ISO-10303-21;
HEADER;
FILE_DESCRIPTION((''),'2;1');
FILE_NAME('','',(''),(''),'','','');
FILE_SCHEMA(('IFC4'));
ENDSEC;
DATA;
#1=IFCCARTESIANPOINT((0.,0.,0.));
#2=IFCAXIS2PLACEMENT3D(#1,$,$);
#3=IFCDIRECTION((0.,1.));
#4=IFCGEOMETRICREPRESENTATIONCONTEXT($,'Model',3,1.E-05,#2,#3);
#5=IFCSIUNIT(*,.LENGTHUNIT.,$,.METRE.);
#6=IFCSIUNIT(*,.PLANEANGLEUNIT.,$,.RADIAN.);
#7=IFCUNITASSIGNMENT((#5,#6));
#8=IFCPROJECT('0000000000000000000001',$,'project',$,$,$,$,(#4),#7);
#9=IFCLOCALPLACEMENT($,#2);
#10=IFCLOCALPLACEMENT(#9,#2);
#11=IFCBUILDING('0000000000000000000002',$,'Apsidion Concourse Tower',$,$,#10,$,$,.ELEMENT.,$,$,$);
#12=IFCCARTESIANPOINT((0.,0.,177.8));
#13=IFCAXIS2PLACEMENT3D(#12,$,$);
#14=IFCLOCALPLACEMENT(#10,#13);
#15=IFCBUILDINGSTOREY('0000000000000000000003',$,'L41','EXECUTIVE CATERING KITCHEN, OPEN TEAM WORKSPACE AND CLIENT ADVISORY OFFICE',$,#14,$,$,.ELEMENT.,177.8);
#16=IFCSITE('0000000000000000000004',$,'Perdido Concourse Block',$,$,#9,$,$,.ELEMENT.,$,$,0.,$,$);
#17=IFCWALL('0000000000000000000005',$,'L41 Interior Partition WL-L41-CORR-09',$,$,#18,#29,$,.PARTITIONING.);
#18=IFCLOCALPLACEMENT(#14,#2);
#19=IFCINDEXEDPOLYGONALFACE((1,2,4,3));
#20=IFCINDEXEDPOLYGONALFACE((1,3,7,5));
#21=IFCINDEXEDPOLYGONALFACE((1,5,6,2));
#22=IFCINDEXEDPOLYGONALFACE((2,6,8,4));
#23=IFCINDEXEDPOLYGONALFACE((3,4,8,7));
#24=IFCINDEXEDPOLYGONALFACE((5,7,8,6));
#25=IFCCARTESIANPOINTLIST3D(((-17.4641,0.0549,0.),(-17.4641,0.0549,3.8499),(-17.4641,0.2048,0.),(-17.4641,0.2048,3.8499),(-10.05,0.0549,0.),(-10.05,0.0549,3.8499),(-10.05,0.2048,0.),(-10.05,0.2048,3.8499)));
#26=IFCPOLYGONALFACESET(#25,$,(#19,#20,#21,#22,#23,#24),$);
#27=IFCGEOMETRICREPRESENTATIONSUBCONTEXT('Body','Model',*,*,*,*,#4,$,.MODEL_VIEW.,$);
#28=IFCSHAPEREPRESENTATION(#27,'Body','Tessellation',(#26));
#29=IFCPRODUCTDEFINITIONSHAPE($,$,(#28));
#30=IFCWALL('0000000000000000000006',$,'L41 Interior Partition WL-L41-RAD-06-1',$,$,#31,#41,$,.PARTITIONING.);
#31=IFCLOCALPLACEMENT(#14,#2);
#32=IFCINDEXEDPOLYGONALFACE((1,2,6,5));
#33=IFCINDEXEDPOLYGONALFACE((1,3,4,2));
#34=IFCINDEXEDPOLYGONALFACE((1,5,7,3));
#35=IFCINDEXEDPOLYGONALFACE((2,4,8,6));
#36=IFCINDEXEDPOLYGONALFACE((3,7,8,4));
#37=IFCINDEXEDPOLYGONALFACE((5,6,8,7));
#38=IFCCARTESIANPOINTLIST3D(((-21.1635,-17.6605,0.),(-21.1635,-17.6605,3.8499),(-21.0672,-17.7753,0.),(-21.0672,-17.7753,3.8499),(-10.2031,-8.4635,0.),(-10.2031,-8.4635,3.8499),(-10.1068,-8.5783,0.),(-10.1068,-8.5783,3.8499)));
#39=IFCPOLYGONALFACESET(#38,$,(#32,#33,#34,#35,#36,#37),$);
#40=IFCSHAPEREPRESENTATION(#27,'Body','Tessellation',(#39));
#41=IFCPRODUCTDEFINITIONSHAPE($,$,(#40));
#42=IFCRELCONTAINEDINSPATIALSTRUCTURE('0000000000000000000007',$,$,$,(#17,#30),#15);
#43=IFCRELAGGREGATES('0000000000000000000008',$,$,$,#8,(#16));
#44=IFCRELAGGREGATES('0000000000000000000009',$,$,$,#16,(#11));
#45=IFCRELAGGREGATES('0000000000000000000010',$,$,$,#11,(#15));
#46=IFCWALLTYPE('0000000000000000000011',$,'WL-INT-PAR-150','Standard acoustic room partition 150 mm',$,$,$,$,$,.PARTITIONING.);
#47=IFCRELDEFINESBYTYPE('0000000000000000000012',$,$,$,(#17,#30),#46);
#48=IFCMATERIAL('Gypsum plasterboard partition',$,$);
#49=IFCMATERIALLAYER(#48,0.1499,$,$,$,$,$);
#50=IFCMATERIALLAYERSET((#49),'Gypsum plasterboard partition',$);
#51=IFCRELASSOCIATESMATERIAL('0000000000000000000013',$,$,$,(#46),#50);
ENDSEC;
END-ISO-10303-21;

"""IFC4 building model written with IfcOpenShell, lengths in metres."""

from ifc_helpers import new_model, si_unit, direction, frame, frame_2d, origin, place, context, subcontext, project, spatial, rectangle, extrude, material, layer, layer_set, type_object, element, save


model = new_model("IFC4")

# Units and contexts
model_context = context("Model", 3, precision=1e-05, world=origin(), true_north=direction((0.0, 1.0)))
body_context = subcontext(model_context, "Body", "Model", "MODEL_VIEW")
ifc_project = project(units=[si_unit("LENGTHUNIT", "METRE"), si_unit("PLANEANGLEUNIT", "RADIAN")], contexts=[model_context])

# Site, building, storey
site_placement = place(None, origin())
site = spatial("IfcSite", under=ifc_project, at=site_placement, Name="Perdido Concourse Block", CompositionType="ELEMENT", RefElevation=0.0)
building_placement = place(site_placement, origin())
building = spatial("IfcBuilding", under=site, at=building_placement, Name="Apsidion Concourse Tower", CompositionType="ELEMENT")
storey_placement = place(building_placement, frame((0.0, 0.0, 177.8)))
storey = spatial("IfcBuildingStorey", under=building, at=storey_placement, Name="L41", Description="EXECUTIVE CATERING KITCHEN, OPEN TEAM WORKSPACE AND CLIENT ADVISORY OFFICE", CompositionType="ELEMENT", Elevation=177.8)

# Walls
ifc_material_1 = material(Name="Gypsum plasterboard partition")
ifc_layer = layer(ifc_material_1, 0.1499)
ifc_layer_set = layer_set([ifc_layer], Name="Gypsum plasterboard partition")
wall_type = type_object("IfcWallType", Name="WL-INT-PAR-150", Description="Standard acoustic room partition 150 mm", PredefinedType="PARTITIONING", material=ifc_layer_set)
wall_1_placement = place(storey_placement, frame((-17.4641, 0.1299, 0.0), z_axis=(0.0, 0.0, 1.0), x_axis=(1.0, 0.0, 0.0)))
element("IfcWall", 1, at=wall_1_placement, inside=storey, type_object=wall_type, Name="L41 Interior Partition WL-L41-CORR-09", PredefinedType="PARTITIONING", context=body_context, shape_type="SweptSolid", body=[
    extrude(rectangle(XDim=7.4141, YDim=0.1499, at=frame_2d((3.707, 0.0))), origin(), (0.0, 0.0, 1.0), 3.8499),
])
wall_2_placement = place(storey_placement, frame((-10.155, -8.521, 0.0), z_axis=(0.0, 0.0, 1.0), x_axis=(-0.766041, -0.642792, 0.0)))
element("IfcWall", 2, at=wall_2_placement, inside=storey, type_object=wall_type, Name="L41 Interior Partition WL-L41-RAD-06-1", PredefinedType="PARTITIONING", context=body_context, shape_type="SweptSolid", body=[
    extrude(rectangle(XDim=14.3079, YDim=0.1499, at=frame_2d((7.1538, 0.0))), origin(), (0.0, 0.0, 1.0), 3.8499),
])

save(model, "model.ifc")
